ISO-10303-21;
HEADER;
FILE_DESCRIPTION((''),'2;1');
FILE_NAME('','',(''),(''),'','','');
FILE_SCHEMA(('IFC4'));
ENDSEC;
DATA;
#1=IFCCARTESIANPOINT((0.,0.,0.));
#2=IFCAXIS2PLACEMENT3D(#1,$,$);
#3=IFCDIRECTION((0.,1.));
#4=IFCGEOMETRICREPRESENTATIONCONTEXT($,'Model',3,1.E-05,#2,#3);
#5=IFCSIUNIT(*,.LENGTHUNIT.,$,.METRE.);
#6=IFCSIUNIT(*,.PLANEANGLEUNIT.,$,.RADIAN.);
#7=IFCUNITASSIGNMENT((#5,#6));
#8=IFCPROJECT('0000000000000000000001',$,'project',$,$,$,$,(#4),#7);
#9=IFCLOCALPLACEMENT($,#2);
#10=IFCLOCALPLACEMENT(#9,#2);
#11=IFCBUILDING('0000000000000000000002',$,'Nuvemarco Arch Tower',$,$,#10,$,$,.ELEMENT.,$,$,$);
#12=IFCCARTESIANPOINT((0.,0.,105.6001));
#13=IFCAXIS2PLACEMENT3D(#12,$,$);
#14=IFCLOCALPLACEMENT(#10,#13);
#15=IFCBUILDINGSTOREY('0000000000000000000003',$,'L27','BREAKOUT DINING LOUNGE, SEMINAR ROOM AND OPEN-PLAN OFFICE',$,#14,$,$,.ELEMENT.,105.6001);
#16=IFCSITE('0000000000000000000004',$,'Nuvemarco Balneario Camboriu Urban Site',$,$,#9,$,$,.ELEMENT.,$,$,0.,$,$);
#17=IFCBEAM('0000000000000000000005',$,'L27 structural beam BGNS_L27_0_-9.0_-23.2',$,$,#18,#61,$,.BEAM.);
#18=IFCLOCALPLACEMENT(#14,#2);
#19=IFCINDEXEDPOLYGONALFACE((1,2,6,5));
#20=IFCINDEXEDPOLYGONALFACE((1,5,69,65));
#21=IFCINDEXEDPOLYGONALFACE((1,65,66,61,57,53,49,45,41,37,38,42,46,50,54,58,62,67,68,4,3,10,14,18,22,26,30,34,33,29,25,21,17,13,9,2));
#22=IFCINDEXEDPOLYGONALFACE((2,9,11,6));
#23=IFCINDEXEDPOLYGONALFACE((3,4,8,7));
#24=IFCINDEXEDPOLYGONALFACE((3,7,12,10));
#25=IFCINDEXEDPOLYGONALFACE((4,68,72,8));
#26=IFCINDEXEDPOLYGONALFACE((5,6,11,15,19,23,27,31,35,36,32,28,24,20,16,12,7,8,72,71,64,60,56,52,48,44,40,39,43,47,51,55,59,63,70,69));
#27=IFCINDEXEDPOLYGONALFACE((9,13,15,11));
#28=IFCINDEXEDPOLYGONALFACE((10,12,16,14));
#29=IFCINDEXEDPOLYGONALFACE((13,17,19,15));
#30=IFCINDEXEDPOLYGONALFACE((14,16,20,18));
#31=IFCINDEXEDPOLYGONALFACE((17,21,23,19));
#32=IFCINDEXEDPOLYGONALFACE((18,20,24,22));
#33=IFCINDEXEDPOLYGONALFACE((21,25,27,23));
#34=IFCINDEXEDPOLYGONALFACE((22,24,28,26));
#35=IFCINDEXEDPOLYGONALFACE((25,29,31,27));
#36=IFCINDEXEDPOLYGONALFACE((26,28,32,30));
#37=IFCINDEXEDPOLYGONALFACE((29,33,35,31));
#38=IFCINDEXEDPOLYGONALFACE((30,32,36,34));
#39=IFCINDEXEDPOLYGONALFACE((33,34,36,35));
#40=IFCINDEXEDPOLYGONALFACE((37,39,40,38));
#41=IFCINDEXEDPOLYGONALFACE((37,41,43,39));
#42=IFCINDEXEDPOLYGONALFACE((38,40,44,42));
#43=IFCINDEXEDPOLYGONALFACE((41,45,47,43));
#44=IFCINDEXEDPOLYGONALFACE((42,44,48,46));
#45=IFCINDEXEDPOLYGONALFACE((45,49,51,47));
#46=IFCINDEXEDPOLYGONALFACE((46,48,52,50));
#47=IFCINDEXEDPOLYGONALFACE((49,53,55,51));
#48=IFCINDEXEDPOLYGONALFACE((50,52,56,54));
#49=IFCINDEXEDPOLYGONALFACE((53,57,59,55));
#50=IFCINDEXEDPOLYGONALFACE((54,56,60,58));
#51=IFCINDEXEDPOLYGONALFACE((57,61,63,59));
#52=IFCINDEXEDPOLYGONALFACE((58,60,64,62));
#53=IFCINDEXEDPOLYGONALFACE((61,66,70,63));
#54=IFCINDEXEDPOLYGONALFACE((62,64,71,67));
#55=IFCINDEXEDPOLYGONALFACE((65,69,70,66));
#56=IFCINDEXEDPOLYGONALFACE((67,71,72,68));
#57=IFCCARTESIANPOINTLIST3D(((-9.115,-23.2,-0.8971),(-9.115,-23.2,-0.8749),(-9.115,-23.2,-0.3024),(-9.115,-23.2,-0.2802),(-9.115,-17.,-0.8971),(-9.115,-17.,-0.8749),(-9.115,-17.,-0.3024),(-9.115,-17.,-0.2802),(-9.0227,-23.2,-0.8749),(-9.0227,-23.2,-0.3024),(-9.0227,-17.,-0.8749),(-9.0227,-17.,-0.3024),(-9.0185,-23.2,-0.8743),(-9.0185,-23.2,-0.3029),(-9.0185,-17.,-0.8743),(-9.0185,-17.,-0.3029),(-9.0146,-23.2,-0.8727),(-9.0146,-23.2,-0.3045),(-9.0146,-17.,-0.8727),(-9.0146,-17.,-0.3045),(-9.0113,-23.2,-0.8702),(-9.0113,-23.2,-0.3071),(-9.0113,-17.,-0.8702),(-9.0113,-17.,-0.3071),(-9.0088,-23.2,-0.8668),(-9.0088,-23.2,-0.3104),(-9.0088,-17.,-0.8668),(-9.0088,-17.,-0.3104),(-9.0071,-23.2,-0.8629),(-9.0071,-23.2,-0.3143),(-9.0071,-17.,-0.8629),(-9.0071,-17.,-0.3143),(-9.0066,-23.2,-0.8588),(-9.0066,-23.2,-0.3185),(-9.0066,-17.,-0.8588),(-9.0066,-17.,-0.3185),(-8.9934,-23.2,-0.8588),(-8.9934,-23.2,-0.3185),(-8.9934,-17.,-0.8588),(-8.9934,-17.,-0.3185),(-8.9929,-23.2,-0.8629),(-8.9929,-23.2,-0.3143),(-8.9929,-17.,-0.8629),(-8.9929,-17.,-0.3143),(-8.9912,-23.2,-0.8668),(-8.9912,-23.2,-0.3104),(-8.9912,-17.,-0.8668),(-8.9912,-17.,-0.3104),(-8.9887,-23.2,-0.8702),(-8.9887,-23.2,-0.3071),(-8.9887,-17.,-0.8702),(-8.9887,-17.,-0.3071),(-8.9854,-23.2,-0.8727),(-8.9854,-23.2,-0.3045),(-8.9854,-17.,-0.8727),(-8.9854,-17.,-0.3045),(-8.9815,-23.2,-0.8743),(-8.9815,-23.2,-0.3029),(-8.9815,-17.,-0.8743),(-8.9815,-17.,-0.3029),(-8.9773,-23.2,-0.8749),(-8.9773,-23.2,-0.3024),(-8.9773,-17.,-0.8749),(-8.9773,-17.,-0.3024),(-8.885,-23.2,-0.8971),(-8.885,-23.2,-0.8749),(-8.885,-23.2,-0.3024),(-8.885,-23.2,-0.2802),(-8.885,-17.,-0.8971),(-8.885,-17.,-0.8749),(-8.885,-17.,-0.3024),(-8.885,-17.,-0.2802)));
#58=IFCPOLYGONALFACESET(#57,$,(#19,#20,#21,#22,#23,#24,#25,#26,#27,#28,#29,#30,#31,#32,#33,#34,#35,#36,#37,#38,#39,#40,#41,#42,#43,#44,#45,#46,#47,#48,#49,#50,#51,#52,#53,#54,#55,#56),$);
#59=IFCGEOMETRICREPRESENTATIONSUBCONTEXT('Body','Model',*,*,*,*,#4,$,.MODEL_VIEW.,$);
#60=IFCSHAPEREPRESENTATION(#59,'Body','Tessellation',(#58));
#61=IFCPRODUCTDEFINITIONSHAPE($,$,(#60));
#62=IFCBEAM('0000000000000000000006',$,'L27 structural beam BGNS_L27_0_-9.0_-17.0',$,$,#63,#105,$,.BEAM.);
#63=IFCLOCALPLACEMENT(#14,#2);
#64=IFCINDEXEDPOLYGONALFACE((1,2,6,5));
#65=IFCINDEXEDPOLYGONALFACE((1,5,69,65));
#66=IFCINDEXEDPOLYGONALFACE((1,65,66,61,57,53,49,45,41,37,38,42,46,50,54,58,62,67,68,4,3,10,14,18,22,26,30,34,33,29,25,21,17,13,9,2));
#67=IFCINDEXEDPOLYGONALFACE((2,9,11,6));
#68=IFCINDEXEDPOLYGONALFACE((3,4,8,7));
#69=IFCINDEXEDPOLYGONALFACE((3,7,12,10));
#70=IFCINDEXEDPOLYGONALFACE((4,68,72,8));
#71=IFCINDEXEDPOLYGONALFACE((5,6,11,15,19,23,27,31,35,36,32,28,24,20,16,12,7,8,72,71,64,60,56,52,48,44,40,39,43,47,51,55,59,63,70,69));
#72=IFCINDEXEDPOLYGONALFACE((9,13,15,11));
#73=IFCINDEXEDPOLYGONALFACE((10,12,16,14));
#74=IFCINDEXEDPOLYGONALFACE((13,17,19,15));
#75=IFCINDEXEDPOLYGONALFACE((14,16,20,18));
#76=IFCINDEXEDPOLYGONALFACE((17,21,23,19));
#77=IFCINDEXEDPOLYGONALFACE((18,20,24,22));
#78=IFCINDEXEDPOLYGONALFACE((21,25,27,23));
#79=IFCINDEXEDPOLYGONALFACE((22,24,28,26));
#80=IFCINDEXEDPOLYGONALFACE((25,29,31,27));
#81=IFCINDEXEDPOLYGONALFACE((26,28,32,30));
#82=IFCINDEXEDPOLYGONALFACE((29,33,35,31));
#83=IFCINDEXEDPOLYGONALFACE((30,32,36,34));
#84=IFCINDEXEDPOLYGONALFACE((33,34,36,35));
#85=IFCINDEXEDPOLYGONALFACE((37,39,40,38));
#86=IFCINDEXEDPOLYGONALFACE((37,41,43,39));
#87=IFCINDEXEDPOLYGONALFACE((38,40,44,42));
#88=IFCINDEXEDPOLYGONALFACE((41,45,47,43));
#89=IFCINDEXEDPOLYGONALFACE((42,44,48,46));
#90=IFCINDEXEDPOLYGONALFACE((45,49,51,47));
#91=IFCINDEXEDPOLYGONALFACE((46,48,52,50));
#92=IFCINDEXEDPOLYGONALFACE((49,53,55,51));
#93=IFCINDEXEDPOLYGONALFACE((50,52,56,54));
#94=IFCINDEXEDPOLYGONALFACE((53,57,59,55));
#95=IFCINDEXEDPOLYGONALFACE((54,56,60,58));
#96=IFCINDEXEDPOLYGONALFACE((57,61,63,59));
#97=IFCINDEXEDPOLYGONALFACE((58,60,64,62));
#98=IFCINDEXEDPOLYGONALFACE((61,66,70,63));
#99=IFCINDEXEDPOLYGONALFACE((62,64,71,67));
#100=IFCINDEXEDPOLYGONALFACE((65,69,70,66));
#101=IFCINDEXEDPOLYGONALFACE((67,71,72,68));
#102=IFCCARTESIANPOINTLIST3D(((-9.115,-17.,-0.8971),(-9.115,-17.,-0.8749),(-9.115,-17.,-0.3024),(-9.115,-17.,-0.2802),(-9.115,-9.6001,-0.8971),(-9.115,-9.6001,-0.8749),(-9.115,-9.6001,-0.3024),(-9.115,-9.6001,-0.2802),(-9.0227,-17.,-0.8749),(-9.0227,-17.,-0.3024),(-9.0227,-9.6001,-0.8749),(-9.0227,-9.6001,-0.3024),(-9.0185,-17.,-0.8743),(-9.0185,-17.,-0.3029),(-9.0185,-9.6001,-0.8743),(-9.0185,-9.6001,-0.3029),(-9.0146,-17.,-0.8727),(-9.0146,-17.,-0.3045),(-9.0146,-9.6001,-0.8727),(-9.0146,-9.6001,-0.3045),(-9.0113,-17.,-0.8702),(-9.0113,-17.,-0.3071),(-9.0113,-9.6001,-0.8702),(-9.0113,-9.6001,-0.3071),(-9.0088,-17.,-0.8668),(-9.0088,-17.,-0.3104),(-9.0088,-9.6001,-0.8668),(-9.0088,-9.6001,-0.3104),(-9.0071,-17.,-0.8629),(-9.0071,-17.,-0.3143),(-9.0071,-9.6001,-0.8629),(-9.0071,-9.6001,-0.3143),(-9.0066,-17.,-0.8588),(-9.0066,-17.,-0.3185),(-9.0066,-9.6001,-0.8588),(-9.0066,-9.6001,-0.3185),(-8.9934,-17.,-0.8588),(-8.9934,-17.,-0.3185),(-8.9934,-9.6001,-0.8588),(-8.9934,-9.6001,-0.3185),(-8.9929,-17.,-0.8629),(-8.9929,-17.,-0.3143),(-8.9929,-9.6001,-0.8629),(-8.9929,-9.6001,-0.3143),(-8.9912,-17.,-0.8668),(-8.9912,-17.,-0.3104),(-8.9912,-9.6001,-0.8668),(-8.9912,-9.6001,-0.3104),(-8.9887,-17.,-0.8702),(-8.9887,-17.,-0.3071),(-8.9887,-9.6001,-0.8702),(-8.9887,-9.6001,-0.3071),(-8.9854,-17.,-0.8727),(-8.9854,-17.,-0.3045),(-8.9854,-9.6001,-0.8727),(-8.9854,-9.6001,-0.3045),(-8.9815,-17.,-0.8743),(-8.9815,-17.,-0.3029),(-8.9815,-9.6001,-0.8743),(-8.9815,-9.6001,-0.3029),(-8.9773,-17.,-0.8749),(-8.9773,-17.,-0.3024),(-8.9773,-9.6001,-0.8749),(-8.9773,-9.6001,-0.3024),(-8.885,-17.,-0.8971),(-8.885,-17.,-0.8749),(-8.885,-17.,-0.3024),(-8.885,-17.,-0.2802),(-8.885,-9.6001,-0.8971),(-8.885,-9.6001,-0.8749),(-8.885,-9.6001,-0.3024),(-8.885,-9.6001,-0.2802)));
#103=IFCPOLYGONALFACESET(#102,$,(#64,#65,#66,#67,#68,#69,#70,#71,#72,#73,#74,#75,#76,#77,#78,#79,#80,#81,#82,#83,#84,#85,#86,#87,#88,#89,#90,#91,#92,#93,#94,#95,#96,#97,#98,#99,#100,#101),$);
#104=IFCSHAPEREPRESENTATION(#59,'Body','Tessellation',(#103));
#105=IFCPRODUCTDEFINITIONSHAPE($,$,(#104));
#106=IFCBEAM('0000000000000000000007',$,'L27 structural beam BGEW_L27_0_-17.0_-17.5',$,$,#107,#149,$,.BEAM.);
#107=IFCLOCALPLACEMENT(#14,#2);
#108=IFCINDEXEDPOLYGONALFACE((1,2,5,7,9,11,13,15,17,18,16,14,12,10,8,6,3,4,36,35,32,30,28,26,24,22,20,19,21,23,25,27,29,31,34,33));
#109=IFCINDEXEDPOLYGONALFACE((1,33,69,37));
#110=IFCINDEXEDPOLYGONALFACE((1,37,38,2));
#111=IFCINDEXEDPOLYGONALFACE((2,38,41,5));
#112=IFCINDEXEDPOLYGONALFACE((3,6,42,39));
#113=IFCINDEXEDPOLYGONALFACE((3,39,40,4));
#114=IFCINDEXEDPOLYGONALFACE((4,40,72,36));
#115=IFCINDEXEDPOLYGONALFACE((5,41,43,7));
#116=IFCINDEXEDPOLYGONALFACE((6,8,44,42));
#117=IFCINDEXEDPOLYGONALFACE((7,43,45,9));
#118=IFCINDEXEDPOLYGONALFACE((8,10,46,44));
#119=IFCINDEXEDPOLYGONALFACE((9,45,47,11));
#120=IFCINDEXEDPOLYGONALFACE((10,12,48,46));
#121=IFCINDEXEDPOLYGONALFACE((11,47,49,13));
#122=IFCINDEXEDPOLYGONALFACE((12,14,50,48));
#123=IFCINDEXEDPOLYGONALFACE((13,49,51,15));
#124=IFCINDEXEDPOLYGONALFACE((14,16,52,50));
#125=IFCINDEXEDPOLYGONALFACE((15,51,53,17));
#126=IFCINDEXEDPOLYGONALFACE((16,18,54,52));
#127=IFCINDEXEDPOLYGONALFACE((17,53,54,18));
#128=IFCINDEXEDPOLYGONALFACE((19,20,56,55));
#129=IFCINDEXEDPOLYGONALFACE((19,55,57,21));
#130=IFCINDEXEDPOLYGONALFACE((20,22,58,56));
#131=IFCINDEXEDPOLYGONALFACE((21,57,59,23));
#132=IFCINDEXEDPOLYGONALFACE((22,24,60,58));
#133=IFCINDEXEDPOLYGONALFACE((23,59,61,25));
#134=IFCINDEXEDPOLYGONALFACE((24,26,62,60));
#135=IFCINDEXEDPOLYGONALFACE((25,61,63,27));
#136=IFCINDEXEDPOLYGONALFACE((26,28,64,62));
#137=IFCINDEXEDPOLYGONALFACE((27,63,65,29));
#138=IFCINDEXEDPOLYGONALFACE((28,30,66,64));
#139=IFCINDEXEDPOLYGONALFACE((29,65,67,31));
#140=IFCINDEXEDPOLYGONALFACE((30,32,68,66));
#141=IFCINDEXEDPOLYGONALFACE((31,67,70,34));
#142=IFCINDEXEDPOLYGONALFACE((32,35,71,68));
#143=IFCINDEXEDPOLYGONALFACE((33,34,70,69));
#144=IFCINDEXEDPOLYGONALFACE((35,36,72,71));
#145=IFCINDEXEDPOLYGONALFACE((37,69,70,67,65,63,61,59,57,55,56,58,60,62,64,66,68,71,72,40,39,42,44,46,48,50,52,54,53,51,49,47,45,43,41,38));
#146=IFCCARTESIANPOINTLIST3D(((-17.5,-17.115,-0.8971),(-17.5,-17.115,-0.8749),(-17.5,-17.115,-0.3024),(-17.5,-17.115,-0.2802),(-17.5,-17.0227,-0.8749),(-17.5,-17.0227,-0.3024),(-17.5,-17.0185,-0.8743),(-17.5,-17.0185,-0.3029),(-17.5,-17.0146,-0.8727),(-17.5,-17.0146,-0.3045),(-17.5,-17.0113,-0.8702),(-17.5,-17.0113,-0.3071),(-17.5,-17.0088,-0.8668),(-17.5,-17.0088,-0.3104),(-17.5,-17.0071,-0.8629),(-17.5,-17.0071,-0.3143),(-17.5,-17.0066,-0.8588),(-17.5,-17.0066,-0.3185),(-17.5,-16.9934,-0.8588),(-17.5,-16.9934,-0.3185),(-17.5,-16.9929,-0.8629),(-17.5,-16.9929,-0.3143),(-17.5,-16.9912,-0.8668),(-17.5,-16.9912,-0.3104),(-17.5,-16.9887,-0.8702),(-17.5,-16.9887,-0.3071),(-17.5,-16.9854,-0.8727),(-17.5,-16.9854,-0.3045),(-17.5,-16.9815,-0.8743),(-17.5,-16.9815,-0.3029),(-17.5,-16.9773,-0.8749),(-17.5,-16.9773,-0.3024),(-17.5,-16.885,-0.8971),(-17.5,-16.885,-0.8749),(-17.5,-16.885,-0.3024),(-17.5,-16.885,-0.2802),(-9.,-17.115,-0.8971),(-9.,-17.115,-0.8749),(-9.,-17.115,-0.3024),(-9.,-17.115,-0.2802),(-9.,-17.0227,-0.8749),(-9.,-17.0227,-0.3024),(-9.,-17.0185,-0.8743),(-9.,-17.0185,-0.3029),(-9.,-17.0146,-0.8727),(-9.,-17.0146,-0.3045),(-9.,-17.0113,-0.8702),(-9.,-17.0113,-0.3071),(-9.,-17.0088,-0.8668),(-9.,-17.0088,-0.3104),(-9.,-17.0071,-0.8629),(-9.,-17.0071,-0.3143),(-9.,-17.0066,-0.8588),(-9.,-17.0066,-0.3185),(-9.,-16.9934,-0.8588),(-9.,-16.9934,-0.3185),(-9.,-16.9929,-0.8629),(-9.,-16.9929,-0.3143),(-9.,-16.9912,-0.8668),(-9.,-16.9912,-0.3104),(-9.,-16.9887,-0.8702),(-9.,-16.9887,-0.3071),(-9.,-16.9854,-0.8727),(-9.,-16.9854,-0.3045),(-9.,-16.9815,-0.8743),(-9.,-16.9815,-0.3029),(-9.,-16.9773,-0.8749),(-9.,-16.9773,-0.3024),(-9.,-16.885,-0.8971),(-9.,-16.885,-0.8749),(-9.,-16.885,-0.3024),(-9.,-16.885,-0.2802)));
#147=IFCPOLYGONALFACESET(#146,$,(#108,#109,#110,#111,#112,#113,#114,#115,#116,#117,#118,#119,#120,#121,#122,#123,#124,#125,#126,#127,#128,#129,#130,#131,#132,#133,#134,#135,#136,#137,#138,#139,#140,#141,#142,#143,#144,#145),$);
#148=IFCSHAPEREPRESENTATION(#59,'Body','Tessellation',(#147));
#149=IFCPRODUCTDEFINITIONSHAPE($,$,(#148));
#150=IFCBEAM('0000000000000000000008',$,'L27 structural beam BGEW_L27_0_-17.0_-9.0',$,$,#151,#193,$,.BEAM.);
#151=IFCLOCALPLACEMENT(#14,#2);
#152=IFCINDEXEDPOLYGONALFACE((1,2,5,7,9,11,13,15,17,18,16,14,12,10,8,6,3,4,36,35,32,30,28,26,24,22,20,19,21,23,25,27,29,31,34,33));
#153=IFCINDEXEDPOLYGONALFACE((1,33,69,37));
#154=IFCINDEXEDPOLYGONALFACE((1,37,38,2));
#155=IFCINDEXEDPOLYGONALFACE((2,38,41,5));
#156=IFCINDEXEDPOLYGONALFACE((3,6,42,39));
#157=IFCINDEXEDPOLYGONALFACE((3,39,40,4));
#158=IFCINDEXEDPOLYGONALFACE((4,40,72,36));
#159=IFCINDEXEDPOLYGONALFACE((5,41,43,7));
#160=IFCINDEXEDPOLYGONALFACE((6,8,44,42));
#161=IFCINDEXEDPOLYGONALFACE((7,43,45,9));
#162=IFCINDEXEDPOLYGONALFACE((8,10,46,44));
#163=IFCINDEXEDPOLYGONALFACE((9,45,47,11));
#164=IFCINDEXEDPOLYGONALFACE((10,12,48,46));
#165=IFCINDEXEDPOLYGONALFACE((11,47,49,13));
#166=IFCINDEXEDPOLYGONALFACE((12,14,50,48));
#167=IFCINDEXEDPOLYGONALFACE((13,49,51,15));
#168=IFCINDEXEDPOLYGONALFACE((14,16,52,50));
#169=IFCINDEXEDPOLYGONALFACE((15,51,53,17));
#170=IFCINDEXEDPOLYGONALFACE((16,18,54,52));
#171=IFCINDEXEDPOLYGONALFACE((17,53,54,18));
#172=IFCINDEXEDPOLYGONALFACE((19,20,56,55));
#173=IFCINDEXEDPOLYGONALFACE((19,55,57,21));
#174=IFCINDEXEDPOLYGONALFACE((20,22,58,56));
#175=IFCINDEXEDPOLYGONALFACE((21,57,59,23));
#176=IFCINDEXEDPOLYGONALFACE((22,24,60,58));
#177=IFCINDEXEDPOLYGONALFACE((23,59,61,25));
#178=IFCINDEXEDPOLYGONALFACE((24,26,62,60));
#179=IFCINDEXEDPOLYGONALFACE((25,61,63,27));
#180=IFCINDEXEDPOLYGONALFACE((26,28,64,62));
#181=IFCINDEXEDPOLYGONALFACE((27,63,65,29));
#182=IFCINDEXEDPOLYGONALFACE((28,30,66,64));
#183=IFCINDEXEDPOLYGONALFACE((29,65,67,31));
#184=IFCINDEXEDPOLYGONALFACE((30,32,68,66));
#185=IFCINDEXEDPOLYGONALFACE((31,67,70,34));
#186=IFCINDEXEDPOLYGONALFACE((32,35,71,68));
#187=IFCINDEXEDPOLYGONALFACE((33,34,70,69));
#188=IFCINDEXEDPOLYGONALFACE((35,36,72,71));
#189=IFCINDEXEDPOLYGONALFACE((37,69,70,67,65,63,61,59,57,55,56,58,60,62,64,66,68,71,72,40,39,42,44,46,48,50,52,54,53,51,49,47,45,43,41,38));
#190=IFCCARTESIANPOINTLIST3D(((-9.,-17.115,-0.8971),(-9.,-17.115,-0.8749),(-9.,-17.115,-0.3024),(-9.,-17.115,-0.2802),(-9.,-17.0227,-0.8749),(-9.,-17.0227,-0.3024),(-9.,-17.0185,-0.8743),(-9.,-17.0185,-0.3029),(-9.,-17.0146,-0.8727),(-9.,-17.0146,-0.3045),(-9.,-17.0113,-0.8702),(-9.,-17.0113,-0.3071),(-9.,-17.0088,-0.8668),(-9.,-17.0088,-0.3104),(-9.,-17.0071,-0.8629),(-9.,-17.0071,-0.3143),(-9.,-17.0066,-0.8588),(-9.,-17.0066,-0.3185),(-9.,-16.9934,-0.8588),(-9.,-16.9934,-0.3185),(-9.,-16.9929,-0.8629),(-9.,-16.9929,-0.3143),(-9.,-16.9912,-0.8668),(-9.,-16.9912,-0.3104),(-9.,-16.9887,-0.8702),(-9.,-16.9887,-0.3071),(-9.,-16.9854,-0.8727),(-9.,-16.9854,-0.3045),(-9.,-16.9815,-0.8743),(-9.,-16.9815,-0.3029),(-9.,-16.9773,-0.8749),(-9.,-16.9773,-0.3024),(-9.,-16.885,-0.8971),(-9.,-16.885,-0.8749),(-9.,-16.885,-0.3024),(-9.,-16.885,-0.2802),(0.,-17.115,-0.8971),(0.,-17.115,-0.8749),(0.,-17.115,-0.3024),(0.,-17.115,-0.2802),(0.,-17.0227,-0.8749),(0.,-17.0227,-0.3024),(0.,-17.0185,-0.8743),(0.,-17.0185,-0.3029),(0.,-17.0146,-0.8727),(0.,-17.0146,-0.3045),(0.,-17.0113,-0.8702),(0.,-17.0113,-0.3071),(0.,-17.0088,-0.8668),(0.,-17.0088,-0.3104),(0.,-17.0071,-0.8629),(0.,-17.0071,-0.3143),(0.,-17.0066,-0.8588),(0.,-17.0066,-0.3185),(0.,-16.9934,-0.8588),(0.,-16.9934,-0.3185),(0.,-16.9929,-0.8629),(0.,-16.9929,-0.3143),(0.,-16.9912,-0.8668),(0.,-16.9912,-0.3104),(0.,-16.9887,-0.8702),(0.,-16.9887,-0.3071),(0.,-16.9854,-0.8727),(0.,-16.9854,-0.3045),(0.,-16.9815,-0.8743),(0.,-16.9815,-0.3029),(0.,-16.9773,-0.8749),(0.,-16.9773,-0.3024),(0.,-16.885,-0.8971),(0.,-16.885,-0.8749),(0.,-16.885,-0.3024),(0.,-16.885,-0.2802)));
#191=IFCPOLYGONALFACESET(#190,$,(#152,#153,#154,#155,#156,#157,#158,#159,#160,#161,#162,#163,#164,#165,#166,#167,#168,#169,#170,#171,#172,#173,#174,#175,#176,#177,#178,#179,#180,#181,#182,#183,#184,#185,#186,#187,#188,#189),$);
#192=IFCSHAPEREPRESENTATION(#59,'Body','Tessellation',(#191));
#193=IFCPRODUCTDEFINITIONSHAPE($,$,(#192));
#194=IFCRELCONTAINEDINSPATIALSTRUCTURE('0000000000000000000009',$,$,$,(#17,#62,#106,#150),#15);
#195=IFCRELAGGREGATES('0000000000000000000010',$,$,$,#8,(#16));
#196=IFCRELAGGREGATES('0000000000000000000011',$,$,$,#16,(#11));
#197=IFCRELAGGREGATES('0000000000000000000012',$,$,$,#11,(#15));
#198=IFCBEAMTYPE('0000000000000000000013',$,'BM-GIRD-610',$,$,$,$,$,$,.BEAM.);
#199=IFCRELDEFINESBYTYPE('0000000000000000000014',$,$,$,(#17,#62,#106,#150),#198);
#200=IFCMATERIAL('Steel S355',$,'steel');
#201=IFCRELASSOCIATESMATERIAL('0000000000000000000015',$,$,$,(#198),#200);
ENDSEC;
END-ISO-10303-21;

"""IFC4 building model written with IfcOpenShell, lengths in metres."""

from ifc_helpers import new_model, si_unit, direction, frame, origin, origin_2d, place, context, subcontext, project, spatial, i_section, extrude, material, material_profile, profile_set, type_object, element, save


model = new_model("IFC4")

# Units and contexts
model_context = context("Model", 3, precision=1e-05, world=origin(), true_north=direction((0.0, 1.0)))
body_context = subcontext(model_context, "Body", "Model", "MODEL_VIEW")
ifc_project = project(units=[si_unit("LENGTHUNIT", "METRE"), si_unit("PLANEANGLEUNIT", "RADIAN")], contexts=[model_context])

# Site, building, storey
site_placement = place(None, origin())
site = spatial("IfcSite", under=ifc_project, at=site_placement, Name="Nuvemarco Balneario Camboriu Urban Site", CompositionType="ELEMENT", RefElevation=0.0)
building_placement = place(site_placement, origin())
building = spatial("IfcBuilding", under=site, at=building_placement, Name="Nuvemarco Arch Tower", CompositionType="ELEMENT")
storey_placement = place(building_placement, frame((0.0, 0.0, 105.6001)))
storey = spatial("IfcBuildingStorey", under=building, at=storey_placement, Name="L27", Description="BREAKOUT DINING LOUNGE, SEMINAR ROOM AND OPEN-PLAN OFFICE", CompositionType="ELEMENT", Elevation=105.6001)

# Shared definitions
ifc_material_1 = material(Name="Steel S355", Category="steel")

# Beams
ifc_material_profile_1 = material_profile(ifc_material_1, i_section(OverallWidth=0.23, OverallDepth=0.6169, WebThickness=0.0132, FlangeThickness=0.0222, FilletRadius=0.0161, at=origin_2d()), Name="W610x140")
ifc_profile_set_1 = profile_set([ifc_material_profile_1], Name="Steel S355")
beam_type_1 = type_object("IfcBeamType", Name="BM-GIRD-610", PredefinedType="BEAM", material=ifc_profile_set_1)
beam_1_placement = place(storey_placement, frame((-9.0, -23.2, -0.5886), z_axis=(0.0, 1.0, 0.0), x_axis=(-1.0, 0.0, 0.0)))
element("IfcBeam", 1, at=beam_1_placement, inside=storey, type_object=beam_type_1, Name="L27 structural beam BGNS_L27_0_-9.0_-23.2", PredefinedType="BEAM", context=body_context, shape_type="SweptSolid", body=[
    extrude(i_section(OverallWidth=0.23, OverallDepth=0.6169, WebThickness=0.0132, FlangeThickness=0.0222, FilletRadius=0.0161, at=origin_2d()), origin(), (0.0, 0.0, 1.0), 6.2),
])
beam_2_placement = place(storey_placement, frame((-9.0, -17.0, -0.5886), z_axis=(0.0, 1.0, 0.0), x_axis=(-1.0, 0.0, 0.0)))
element("IfcBeam", 2, at=beam_2_placement, inside=storey, type_object=beam_type_1, Name="L27 structural beam BGNS_L27_0_-9.0_-17.0", PredefinedType="BEAM", context=body_context, shape_type="SweptSolid", body=[
    extrude(i_section(OverallWidth=0.23, OverallDepth=0.6169, WebThickness=0.0132, FlangeThickness=0.0222, FilletRadius=0.0161, at=origin_2d()), origin(), (0.0, 0.0, 1.0), 7.3999),
])
beam_3_placement = place(storey_placement, frame((-17.5, -17.0, -0.5886), z_axis=(1.0, 0.0, 0.0), x_axis=(0.0, 1.0, 0.0)))
element("IfcBeam", 3, at=beam_3_placement, inside=storey, type_object=beam_type_1, Name="L27 structural beam BGEW_L27_0_-17.0_-17.5", PredefinedType="BEAM", context=body_context, shape_type="SweptSolid", body=[
    extrude(i_section(OverallWidth=0.23, OverallDepth=0.6169, WebThickness=0.0132, FlangeThickness=0.0222, FilletRadius=0.0161, at=origin_2d()), origin(), (0.0, 0.0, 1.0), 8.5),
])
beam_4_placement = place(storey_placement, frame((-9.0, -17.0, -0.5886), z_axis=(1.0, 0.0, 0.0), x_axis=(0.0, 1.0, 0.0)))
element("IfcBeam", 4, at=beam_4_placement, inside=storey, type_object=beam_type_1, Name="L27 structural beam BGEW_L27_0_-17.0_-9.0", PredefinedType="BEAM", context=body_context, shape_type="SweptSolid", body=[
    extrude(i_section(OverallWidth=0.23, OverallDepth=0.6169, WebThickness=0.0132, FlangeThickness=0.0222, FilletRadius=0.0161, at=origin_2d()), origin(), (0.0, 0.0, 1.0), 9.0),
])

save(model, "model.ifc")
